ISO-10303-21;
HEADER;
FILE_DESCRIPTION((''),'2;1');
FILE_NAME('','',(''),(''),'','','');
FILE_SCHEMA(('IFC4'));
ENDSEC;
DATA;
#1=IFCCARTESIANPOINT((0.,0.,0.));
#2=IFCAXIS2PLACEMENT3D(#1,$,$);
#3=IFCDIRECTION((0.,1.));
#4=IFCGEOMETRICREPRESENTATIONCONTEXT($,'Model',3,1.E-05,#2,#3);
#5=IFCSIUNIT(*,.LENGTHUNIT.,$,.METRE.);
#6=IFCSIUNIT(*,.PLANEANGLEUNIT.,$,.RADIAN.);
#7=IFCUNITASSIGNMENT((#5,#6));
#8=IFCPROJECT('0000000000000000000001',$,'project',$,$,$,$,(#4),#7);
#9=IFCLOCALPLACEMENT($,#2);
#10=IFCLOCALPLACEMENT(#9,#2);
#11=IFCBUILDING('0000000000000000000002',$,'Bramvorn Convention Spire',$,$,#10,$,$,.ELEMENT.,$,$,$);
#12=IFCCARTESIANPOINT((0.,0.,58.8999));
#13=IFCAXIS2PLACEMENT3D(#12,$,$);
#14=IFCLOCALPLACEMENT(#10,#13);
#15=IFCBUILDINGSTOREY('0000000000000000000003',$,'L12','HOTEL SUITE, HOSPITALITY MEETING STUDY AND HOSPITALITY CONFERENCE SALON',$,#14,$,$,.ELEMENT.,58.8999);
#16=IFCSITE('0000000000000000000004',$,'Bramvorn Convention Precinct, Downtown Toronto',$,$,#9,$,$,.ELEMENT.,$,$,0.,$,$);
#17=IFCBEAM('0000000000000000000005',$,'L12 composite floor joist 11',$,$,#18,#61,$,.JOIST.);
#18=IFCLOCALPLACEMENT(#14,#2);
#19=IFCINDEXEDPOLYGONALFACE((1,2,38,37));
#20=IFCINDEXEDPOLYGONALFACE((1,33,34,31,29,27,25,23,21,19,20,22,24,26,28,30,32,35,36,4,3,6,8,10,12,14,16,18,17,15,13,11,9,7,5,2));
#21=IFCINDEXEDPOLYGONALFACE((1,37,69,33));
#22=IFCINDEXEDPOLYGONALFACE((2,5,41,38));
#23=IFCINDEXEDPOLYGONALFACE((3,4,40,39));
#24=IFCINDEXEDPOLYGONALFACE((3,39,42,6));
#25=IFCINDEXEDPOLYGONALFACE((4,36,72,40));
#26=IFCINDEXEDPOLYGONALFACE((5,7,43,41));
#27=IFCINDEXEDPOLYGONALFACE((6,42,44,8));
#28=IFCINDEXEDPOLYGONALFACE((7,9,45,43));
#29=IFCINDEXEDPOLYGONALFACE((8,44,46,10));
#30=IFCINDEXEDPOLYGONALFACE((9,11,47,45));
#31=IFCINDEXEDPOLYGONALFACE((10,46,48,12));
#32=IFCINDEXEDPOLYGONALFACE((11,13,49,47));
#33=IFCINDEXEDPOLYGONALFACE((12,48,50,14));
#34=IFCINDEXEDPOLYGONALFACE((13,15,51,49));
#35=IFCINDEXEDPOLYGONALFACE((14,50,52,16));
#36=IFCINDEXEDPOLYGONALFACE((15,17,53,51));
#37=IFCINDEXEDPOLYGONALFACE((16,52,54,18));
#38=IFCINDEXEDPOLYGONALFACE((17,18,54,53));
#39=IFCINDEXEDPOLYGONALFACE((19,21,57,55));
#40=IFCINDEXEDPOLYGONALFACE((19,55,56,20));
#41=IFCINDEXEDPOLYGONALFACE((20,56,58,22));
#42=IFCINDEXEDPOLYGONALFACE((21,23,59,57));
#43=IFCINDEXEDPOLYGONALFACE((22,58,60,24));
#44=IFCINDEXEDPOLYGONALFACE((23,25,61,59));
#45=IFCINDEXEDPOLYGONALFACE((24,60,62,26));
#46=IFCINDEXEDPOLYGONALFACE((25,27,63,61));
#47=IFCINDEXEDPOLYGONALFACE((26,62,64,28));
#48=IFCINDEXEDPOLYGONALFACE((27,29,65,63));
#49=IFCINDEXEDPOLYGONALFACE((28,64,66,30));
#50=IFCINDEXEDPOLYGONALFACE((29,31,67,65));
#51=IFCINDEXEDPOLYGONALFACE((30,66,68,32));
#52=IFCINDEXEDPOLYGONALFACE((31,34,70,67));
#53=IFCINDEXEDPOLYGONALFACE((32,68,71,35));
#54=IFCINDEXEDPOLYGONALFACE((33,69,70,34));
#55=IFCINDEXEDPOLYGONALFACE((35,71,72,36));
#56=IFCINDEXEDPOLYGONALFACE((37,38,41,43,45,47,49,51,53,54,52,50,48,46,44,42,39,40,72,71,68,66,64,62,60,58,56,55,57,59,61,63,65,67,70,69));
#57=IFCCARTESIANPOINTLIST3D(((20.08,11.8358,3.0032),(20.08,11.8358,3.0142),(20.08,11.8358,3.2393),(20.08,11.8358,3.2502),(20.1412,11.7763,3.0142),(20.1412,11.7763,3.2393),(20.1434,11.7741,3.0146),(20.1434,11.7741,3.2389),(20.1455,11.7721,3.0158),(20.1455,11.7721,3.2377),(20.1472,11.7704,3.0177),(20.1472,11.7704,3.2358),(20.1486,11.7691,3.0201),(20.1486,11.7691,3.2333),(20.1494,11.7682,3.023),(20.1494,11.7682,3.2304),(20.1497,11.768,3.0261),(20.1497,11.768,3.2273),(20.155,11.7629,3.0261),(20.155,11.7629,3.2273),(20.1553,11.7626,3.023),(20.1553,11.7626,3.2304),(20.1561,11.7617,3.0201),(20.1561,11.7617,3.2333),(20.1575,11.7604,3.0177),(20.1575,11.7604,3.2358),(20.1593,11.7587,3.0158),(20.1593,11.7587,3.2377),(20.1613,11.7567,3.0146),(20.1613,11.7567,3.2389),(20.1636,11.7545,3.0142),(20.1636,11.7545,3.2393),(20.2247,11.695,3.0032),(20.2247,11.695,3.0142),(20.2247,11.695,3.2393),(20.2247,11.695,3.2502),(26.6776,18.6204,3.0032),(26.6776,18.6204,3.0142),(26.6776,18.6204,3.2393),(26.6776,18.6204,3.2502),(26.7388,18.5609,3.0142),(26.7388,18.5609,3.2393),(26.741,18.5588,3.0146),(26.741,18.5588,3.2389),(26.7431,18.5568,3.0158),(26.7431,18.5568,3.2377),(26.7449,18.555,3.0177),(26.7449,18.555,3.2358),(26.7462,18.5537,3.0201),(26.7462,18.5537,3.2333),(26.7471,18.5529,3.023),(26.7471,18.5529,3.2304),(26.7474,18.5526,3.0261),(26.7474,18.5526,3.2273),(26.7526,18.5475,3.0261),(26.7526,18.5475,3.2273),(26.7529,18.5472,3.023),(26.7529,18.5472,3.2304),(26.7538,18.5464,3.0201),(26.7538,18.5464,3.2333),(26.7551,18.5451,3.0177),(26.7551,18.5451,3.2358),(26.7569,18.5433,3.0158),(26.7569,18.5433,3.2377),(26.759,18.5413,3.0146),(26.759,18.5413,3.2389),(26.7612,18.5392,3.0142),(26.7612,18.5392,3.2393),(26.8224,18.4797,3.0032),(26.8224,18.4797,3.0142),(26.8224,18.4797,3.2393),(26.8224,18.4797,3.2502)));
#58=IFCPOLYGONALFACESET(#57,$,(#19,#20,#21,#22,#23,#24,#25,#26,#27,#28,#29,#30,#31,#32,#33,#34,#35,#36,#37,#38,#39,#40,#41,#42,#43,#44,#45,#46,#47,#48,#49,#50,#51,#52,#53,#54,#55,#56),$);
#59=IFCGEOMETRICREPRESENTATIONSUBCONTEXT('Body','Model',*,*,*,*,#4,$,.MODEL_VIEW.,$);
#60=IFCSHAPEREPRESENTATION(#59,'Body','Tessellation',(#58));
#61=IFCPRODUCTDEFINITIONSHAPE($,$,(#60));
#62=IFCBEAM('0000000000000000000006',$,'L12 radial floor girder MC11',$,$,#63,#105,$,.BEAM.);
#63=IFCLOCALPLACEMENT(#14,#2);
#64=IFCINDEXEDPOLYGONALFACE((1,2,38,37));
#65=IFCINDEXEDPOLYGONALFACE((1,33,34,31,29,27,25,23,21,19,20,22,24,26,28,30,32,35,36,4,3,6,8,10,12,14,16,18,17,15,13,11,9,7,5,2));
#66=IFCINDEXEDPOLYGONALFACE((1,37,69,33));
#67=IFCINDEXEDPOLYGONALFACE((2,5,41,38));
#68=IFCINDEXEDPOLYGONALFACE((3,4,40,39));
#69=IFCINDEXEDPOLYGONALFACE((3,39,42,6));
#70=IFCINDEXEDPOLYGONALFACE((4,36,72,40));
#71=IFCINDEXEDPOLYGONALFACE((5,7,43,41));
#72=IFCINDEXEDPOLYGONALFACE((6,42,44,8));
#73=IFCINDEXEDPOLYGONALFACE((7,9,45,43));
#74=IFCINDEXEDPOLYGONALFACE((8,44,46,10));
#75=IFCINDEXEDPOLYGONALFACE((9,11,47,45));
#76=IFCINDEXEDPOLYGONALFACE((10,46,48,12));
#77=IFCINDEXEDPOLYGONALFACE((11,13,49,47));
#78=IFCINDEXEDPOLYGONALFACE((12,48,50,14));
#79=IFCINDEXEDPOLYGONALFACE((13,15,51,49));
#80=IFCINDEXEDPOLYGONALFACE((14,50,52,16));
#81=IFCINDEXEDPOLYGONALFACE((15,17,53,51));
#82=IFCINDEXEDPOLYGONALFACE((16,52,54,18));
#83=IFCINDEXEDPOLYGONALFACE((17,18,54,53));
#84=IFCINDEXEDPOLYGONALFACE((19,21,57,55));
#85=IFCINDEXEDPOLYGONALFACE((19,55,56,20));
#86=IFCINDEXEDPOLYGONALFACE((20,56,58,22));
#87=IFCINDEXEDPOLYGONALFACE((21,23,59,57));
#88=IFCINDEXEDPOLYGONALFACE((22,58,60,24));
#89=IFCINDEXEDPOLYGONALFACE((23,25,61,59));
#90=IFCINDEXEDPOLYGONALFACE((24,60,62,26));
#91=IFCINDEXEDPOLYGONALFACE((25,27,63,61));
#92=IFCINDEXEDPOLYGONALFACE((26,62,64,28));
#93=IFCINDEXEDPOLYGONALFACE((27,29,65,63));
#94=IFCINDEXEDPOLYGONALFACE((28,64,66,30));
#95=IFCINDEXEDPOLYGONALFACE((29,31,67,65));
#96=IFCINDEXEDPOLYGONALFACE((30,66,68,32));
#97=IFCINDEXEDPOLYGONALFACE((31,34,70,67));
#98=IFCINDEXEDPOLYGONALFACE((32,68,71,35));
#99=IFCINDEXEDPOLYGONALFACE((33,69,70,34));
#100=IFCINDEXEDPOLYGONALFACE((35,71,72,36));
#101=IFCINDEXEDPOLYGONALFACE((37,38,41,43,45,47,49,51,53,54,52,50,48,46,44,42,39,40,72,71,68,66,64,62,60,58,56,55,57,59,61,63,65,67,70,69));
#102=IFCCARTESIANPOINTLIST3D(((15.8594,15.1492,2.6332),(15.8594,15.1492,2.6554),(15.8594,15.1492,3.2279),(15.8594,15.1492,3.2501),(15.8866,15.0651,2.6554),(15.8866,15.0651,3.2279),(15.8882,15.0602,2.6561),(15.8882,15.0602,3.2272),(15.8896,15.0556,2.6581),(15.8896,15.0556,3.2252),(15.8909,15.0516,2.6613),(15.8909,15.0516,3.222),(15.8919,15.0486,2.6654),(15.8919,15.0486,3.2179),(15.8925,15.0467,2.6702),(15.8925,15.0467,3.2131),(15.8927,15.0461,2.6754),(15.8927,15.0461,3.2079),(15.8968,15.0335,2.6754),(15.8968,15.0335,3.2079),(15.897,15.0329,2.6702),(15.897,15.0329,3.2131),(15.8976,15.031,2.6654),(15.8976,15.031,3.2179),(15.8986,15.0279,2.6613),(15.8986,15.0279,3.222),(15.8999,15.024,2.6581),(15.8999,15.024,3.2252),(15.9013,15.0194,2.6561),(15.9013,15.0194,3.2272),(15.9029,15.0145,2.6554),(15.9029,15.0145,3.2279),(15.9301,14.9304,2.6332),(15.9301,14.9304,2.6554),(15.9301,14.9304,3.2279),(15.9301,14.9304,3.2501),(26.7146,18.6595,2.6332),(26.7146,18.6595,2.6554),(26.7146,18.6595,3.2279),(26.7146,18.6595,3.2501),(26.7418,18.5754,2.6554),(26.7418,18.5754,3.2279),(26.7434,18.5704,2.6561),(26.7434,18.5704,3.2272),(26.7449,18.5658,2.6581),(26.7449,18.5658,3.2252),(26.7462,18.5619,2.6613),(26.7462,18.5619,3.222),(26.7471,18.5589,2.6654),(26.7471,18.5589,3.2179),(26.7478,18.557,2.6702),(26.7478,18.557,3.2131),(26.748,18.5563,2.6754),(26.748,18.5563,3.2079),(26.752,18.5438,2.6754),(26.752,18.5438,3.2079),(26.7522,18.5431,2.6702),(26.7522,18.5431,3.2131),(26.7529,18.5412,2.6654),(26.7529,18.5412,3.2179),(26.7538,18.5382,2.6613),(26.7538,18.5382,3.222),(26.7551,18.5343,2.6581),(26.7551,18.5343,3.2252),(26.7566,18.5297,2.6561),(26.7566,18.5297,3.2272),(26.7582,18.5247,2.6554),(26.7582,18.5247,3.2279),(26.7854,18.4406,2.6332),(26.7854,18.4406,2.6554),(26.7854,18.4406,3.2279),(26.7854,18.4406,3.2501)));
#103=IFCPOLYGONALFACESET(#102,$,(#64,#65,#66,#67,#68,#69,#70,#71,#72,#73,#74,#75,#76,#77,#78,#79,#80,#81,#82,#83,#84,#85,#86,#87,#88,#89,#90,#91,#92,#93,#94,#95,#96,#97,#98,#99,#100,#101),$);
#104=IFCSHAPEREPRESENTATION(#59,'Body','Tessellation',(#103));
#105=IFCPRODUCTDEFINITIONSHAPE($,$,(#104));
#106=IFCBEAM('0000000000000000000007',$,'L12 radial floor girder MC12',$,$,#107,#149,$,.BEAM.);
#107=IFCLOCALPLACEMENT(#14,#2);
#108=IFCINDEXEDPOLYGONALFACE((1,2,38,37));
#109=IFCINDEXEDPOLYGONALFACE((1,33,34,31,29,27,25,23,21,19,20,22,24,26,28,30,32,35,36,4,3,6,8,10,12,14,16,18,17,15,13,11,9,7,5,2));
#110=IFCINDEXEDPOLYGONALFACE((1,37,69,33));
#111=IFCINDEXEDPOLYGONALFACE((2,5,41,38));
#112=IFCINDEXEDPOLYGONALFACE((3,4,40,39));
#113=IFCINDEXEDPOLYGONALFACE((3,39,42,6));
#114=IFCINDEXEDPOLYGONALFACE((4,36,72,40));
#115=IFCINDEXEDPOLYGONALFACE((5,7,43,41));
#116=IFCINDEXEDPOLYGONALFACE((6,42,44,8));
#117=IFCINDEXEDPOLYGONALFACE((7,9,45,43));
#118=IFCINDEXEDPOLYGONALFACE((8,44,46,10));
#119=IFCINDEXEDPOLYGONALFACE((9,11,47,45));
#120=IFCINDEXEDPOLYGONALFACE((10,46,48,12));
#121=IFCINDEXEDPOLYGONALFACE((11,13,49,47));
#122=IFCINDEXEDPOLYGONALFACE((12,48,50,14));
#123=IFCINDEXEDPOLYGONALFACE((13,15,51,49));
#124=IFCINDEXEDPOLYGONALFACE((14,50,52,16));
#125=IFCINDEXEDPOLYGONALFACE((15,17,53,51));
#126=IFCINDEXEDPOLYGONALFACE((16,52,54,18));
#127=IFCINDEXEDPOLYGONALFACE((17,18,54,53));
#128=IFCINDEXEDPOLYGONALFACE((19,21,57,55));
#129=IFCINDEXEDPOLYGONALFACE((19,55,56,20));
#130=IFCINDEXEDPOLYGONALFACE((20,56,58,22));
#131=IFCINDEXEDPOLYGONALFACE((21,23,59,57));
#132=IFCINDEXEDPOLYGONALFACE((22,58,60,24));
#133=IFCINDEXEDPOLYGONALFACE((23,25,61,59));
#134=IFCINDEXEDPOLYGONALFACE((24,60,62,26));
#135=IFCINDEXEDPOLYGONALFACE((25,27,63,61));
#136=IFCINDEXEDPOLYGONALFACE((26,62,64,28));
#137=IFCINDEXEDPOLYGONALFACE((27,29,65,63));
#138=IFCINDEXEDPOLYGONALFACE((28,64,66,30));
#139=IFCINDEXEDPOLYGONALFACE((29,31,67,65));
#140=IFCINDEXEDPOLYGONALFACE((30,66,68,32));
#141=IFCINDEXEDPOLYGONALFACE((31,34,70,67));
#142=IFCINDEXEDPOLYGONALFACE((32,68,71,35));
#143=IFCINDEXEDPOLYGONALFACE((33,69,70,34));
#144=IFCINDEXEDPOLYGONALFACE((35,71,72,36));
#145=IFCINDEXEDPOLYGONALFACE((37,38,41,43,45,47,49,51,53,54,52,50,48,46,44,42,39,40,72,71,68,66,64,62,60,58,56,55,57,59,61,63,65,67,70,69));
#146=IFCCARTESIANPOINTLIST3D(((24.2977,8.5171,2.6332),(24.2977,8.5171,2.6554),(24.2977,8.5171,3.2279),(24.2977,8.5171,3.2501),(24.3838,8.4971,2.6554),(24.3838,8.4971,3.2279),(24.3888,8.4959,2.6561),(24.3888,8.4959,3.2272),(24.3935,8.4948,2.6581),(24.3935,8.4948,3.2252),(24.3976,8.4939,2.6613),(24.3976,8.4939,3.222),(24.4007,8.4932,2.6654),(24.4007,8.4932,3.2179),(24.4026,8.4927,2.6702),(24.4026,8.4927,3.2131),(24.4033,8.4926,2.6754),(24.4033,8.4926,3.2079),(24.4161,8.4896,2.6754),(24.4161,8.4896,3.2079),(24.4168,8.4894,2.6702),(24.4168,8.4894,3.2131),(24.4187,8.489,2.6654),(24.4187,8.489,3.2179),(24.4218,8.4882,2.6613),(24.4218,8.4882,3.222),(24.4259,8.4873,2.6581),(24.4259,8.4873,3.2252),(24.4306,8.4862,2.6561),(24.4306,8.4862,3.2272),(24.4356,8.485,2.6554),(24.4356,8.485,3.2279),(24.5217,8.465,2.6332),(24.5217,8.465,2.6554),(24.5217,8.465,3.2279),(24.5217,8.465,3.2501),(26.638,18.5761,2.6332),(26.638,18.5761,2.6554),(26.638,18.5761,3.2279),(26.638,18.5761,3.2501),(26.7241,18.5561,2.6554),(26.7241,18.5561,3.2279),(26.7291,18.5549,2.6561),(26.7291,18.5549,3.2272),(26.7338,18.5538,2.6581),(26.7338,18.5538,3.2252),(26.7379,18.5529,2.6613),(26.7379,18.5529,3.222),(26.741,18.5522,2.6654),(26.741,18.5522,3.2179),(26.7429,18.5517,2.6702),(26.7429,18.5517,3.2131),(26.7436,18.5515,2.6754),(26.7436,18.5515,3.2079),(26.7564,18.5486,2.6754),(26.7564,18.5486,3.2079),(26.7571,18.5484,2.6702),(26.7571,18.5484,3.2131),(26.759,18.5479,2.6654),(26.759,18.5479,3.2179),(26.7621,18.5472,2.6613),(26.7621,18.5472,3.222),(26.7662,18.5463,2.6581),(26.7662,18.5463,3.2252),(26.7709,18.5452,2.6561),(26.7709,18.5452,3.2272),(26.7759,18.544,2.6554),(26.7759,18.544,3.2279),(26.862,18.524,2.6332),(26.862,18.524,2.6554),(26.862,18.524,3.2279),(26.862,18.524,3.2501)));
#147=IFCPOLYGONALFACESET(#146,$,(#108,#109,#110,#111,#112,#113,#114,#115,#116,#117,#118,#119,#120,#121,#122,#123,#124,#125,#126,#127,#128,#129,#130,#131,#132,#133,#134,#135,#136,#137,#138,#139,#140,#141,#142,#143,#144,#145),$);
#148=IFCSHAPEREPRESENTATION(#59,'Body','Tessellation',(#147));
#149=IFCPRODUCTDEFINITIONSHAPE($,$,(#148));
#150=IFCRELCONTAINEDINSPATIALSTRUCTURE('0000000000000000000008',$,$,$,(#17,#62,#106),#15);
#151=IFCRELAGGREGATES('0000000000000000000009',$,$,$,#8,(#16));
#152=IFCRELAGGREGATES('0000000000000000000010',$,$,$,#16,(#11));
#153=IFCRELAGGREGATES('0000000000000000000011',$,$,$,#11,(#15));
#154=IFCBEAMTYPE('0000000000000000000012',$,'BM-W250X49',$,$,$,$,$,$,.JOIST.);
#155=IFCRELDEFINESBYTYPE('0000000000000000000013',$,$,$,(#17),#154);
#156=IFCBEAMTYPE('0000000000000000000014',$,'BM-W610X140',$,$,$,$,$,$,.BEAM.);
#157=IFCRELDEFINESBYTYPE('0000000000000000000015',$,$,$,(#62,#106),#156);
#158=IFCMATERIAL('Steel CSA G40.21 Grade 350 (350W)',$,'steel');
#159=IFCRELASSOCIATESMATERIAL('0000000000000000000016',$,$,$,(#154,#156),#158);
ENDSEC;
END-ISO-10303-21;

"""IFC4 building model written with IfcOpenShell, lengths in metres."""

from ifc_helpers import new_model, si_unit, direction, frame, origin, origin_2d, place, context, subcontext, project, spatial, i_section, extrude, material, material_profile, profile_set, type_object, element, save


model = new_model("IFC4")

# Units and contexts
model_context = context("Model", 3, precision=1e-05, world=origin(), true_north=direction((0.0, 1.0)))
body_context = subcontext(model_context, "Body", "Model", "MODEL_VIEW")
ifc_project = project(units=[si_unit("LENGTHUNIT", "METRE"), si_unit("PLANEANGLEUNIT", "RADIAN")], contexts=[model_context])

# Site, building, storey
site_placement = place(None, origin())
site = spatial("IfcSite", under=ifc_project, at=site_placement, Name="Bramvorn Convention Precinct, Downtown Toronto", CompositionType="ELEMENT", RefElevation=0.0)
building_placement = place(site_placement, origin())
building = spatial("IfcBuilding", under=site, at=building_placement, Name="Bramvorn Convention Spire", CompositionType="ELEMENT")
storey_placement = place(building_placement, frame((0.0, 0.0, 58.8999)))
storey = spatial("IfcBuildingStorey", under=building, at=storey_placement, Name="L12", Description="HOTEL SUITE, HOSPITALITY MEETING STUDY AND HOSPITALITY CONFERENCE SALON", CompositionType="ELEMENT", Elevation=58.8999)

# Beams
ifc_material_1 = material(Name="Steel CSA G40.21 Grade 350 (350W)", Category="steel")
ifc_material_profile_1 = material_profile(ifc_material_1, i_section(OverallWidth=0.2019, OverallDepth=0.2471, WebThickness=0.0073, FlangeThickness=0.011, FilletRadius=0.012, at=origin_2d()))
ifc_profile_set_1 = profile_set([ifc_material_profile_1], Name="Steel CSA G40.21 Grade 350 (350W) - W250X49")
beam_type_1 = type_object("IfcBeamType", Name="BM-W250X49", PredefinedType="JOIST", material=ifc_profile_set_1)
beam_1_placement = place(storey_placement, frame((26.75, 18.55, 3.1267), z_axis=(-0.697157, -0.716918, 0.0), x_axis=(0.716918, -0.697157, 0.0)))
element("IfcBeam", 1, at=beam_1_placement, inside=storey, type_object=beam_type_1, Name="L12 composite floor joist 11", PredefinedType="JOIST", context=body_context, shape_type="SweptSolid", body=[
    extrude(i_section(OverallWidth=0.2019, OverallDepth=0.2471, WebThickness=0.0073, FlangeThickness=0.011, FilletRadius=0.012, at=origin_2d()), origin(), (0.0, 0.0, 1.0), 9.4636),
])
ifc_material_profile_2 = material_profile(ifc_material_1, i_section(OverallWidth=0.23, OverallDepth=0.6169, WebThickness=0.0132, FlangeThickness=0.0222, FilletRadius=0.02, at=origin_2d()))
ifc_profile_set_2 = profile_set([ifc_material_profile_2], Name="Steel CSA G40.21 Grade 350 (350W) - W610X140")
beam_type_2 = type_object("IfcBeamType", Name="BM-W610X140", PredefinedType="BEAM", material=ifc_profile_set_2)
beam_2_placement = place(storey_placement, frame((26.75, 18.55, 2.9417), z_axis=(-0.951489, -0.307683, 0.0), x_axis=(0.307683, -0.951489, 0.0)))
element("IfcBeam", 2, at=beam_2_placement, inside=storey, type_object=beam_type_2, Name="L12 radial floor girder MC11", PredefinedType="BEAM", context=body_context, shape_type="SweptSolid", body=[
    extrude(i_section(OverallWidth=0.23, OverallDepth=0.6169, WebThickness=0.0132, FlangeThickness=0.0222, FilletRadius=0.02, at=origin_2d()), origin(), (0.0, 0.0, 1.0), 11.4087),
])
beam_3_placement = place(storey_placement, frame((26.75, 18.55, 2.9417), z_axis=(-0.226606, -0.973986, 0.0), x_axis=(0.973986, -0.226606, 0.0)))
element("IfcBeam", 3, at=beam_3_placement, inside=storey, type_object=beam_type_2, Name="L12 radial floor girder MC12", PredefinedType="BEAM", context=body_context, shape_type="SweptSolid", body=[
    extrude(i_section(OverallWidth=0.23, OverallDepth=0.6169, WebThickness=0.0132, FlangeThickness=0.0222, FilletRadius=0.02, at=origin_2d()), origin(), (0.0, 0.0, 1.0), 10.3276),
])

save(model, "model.ifc")
